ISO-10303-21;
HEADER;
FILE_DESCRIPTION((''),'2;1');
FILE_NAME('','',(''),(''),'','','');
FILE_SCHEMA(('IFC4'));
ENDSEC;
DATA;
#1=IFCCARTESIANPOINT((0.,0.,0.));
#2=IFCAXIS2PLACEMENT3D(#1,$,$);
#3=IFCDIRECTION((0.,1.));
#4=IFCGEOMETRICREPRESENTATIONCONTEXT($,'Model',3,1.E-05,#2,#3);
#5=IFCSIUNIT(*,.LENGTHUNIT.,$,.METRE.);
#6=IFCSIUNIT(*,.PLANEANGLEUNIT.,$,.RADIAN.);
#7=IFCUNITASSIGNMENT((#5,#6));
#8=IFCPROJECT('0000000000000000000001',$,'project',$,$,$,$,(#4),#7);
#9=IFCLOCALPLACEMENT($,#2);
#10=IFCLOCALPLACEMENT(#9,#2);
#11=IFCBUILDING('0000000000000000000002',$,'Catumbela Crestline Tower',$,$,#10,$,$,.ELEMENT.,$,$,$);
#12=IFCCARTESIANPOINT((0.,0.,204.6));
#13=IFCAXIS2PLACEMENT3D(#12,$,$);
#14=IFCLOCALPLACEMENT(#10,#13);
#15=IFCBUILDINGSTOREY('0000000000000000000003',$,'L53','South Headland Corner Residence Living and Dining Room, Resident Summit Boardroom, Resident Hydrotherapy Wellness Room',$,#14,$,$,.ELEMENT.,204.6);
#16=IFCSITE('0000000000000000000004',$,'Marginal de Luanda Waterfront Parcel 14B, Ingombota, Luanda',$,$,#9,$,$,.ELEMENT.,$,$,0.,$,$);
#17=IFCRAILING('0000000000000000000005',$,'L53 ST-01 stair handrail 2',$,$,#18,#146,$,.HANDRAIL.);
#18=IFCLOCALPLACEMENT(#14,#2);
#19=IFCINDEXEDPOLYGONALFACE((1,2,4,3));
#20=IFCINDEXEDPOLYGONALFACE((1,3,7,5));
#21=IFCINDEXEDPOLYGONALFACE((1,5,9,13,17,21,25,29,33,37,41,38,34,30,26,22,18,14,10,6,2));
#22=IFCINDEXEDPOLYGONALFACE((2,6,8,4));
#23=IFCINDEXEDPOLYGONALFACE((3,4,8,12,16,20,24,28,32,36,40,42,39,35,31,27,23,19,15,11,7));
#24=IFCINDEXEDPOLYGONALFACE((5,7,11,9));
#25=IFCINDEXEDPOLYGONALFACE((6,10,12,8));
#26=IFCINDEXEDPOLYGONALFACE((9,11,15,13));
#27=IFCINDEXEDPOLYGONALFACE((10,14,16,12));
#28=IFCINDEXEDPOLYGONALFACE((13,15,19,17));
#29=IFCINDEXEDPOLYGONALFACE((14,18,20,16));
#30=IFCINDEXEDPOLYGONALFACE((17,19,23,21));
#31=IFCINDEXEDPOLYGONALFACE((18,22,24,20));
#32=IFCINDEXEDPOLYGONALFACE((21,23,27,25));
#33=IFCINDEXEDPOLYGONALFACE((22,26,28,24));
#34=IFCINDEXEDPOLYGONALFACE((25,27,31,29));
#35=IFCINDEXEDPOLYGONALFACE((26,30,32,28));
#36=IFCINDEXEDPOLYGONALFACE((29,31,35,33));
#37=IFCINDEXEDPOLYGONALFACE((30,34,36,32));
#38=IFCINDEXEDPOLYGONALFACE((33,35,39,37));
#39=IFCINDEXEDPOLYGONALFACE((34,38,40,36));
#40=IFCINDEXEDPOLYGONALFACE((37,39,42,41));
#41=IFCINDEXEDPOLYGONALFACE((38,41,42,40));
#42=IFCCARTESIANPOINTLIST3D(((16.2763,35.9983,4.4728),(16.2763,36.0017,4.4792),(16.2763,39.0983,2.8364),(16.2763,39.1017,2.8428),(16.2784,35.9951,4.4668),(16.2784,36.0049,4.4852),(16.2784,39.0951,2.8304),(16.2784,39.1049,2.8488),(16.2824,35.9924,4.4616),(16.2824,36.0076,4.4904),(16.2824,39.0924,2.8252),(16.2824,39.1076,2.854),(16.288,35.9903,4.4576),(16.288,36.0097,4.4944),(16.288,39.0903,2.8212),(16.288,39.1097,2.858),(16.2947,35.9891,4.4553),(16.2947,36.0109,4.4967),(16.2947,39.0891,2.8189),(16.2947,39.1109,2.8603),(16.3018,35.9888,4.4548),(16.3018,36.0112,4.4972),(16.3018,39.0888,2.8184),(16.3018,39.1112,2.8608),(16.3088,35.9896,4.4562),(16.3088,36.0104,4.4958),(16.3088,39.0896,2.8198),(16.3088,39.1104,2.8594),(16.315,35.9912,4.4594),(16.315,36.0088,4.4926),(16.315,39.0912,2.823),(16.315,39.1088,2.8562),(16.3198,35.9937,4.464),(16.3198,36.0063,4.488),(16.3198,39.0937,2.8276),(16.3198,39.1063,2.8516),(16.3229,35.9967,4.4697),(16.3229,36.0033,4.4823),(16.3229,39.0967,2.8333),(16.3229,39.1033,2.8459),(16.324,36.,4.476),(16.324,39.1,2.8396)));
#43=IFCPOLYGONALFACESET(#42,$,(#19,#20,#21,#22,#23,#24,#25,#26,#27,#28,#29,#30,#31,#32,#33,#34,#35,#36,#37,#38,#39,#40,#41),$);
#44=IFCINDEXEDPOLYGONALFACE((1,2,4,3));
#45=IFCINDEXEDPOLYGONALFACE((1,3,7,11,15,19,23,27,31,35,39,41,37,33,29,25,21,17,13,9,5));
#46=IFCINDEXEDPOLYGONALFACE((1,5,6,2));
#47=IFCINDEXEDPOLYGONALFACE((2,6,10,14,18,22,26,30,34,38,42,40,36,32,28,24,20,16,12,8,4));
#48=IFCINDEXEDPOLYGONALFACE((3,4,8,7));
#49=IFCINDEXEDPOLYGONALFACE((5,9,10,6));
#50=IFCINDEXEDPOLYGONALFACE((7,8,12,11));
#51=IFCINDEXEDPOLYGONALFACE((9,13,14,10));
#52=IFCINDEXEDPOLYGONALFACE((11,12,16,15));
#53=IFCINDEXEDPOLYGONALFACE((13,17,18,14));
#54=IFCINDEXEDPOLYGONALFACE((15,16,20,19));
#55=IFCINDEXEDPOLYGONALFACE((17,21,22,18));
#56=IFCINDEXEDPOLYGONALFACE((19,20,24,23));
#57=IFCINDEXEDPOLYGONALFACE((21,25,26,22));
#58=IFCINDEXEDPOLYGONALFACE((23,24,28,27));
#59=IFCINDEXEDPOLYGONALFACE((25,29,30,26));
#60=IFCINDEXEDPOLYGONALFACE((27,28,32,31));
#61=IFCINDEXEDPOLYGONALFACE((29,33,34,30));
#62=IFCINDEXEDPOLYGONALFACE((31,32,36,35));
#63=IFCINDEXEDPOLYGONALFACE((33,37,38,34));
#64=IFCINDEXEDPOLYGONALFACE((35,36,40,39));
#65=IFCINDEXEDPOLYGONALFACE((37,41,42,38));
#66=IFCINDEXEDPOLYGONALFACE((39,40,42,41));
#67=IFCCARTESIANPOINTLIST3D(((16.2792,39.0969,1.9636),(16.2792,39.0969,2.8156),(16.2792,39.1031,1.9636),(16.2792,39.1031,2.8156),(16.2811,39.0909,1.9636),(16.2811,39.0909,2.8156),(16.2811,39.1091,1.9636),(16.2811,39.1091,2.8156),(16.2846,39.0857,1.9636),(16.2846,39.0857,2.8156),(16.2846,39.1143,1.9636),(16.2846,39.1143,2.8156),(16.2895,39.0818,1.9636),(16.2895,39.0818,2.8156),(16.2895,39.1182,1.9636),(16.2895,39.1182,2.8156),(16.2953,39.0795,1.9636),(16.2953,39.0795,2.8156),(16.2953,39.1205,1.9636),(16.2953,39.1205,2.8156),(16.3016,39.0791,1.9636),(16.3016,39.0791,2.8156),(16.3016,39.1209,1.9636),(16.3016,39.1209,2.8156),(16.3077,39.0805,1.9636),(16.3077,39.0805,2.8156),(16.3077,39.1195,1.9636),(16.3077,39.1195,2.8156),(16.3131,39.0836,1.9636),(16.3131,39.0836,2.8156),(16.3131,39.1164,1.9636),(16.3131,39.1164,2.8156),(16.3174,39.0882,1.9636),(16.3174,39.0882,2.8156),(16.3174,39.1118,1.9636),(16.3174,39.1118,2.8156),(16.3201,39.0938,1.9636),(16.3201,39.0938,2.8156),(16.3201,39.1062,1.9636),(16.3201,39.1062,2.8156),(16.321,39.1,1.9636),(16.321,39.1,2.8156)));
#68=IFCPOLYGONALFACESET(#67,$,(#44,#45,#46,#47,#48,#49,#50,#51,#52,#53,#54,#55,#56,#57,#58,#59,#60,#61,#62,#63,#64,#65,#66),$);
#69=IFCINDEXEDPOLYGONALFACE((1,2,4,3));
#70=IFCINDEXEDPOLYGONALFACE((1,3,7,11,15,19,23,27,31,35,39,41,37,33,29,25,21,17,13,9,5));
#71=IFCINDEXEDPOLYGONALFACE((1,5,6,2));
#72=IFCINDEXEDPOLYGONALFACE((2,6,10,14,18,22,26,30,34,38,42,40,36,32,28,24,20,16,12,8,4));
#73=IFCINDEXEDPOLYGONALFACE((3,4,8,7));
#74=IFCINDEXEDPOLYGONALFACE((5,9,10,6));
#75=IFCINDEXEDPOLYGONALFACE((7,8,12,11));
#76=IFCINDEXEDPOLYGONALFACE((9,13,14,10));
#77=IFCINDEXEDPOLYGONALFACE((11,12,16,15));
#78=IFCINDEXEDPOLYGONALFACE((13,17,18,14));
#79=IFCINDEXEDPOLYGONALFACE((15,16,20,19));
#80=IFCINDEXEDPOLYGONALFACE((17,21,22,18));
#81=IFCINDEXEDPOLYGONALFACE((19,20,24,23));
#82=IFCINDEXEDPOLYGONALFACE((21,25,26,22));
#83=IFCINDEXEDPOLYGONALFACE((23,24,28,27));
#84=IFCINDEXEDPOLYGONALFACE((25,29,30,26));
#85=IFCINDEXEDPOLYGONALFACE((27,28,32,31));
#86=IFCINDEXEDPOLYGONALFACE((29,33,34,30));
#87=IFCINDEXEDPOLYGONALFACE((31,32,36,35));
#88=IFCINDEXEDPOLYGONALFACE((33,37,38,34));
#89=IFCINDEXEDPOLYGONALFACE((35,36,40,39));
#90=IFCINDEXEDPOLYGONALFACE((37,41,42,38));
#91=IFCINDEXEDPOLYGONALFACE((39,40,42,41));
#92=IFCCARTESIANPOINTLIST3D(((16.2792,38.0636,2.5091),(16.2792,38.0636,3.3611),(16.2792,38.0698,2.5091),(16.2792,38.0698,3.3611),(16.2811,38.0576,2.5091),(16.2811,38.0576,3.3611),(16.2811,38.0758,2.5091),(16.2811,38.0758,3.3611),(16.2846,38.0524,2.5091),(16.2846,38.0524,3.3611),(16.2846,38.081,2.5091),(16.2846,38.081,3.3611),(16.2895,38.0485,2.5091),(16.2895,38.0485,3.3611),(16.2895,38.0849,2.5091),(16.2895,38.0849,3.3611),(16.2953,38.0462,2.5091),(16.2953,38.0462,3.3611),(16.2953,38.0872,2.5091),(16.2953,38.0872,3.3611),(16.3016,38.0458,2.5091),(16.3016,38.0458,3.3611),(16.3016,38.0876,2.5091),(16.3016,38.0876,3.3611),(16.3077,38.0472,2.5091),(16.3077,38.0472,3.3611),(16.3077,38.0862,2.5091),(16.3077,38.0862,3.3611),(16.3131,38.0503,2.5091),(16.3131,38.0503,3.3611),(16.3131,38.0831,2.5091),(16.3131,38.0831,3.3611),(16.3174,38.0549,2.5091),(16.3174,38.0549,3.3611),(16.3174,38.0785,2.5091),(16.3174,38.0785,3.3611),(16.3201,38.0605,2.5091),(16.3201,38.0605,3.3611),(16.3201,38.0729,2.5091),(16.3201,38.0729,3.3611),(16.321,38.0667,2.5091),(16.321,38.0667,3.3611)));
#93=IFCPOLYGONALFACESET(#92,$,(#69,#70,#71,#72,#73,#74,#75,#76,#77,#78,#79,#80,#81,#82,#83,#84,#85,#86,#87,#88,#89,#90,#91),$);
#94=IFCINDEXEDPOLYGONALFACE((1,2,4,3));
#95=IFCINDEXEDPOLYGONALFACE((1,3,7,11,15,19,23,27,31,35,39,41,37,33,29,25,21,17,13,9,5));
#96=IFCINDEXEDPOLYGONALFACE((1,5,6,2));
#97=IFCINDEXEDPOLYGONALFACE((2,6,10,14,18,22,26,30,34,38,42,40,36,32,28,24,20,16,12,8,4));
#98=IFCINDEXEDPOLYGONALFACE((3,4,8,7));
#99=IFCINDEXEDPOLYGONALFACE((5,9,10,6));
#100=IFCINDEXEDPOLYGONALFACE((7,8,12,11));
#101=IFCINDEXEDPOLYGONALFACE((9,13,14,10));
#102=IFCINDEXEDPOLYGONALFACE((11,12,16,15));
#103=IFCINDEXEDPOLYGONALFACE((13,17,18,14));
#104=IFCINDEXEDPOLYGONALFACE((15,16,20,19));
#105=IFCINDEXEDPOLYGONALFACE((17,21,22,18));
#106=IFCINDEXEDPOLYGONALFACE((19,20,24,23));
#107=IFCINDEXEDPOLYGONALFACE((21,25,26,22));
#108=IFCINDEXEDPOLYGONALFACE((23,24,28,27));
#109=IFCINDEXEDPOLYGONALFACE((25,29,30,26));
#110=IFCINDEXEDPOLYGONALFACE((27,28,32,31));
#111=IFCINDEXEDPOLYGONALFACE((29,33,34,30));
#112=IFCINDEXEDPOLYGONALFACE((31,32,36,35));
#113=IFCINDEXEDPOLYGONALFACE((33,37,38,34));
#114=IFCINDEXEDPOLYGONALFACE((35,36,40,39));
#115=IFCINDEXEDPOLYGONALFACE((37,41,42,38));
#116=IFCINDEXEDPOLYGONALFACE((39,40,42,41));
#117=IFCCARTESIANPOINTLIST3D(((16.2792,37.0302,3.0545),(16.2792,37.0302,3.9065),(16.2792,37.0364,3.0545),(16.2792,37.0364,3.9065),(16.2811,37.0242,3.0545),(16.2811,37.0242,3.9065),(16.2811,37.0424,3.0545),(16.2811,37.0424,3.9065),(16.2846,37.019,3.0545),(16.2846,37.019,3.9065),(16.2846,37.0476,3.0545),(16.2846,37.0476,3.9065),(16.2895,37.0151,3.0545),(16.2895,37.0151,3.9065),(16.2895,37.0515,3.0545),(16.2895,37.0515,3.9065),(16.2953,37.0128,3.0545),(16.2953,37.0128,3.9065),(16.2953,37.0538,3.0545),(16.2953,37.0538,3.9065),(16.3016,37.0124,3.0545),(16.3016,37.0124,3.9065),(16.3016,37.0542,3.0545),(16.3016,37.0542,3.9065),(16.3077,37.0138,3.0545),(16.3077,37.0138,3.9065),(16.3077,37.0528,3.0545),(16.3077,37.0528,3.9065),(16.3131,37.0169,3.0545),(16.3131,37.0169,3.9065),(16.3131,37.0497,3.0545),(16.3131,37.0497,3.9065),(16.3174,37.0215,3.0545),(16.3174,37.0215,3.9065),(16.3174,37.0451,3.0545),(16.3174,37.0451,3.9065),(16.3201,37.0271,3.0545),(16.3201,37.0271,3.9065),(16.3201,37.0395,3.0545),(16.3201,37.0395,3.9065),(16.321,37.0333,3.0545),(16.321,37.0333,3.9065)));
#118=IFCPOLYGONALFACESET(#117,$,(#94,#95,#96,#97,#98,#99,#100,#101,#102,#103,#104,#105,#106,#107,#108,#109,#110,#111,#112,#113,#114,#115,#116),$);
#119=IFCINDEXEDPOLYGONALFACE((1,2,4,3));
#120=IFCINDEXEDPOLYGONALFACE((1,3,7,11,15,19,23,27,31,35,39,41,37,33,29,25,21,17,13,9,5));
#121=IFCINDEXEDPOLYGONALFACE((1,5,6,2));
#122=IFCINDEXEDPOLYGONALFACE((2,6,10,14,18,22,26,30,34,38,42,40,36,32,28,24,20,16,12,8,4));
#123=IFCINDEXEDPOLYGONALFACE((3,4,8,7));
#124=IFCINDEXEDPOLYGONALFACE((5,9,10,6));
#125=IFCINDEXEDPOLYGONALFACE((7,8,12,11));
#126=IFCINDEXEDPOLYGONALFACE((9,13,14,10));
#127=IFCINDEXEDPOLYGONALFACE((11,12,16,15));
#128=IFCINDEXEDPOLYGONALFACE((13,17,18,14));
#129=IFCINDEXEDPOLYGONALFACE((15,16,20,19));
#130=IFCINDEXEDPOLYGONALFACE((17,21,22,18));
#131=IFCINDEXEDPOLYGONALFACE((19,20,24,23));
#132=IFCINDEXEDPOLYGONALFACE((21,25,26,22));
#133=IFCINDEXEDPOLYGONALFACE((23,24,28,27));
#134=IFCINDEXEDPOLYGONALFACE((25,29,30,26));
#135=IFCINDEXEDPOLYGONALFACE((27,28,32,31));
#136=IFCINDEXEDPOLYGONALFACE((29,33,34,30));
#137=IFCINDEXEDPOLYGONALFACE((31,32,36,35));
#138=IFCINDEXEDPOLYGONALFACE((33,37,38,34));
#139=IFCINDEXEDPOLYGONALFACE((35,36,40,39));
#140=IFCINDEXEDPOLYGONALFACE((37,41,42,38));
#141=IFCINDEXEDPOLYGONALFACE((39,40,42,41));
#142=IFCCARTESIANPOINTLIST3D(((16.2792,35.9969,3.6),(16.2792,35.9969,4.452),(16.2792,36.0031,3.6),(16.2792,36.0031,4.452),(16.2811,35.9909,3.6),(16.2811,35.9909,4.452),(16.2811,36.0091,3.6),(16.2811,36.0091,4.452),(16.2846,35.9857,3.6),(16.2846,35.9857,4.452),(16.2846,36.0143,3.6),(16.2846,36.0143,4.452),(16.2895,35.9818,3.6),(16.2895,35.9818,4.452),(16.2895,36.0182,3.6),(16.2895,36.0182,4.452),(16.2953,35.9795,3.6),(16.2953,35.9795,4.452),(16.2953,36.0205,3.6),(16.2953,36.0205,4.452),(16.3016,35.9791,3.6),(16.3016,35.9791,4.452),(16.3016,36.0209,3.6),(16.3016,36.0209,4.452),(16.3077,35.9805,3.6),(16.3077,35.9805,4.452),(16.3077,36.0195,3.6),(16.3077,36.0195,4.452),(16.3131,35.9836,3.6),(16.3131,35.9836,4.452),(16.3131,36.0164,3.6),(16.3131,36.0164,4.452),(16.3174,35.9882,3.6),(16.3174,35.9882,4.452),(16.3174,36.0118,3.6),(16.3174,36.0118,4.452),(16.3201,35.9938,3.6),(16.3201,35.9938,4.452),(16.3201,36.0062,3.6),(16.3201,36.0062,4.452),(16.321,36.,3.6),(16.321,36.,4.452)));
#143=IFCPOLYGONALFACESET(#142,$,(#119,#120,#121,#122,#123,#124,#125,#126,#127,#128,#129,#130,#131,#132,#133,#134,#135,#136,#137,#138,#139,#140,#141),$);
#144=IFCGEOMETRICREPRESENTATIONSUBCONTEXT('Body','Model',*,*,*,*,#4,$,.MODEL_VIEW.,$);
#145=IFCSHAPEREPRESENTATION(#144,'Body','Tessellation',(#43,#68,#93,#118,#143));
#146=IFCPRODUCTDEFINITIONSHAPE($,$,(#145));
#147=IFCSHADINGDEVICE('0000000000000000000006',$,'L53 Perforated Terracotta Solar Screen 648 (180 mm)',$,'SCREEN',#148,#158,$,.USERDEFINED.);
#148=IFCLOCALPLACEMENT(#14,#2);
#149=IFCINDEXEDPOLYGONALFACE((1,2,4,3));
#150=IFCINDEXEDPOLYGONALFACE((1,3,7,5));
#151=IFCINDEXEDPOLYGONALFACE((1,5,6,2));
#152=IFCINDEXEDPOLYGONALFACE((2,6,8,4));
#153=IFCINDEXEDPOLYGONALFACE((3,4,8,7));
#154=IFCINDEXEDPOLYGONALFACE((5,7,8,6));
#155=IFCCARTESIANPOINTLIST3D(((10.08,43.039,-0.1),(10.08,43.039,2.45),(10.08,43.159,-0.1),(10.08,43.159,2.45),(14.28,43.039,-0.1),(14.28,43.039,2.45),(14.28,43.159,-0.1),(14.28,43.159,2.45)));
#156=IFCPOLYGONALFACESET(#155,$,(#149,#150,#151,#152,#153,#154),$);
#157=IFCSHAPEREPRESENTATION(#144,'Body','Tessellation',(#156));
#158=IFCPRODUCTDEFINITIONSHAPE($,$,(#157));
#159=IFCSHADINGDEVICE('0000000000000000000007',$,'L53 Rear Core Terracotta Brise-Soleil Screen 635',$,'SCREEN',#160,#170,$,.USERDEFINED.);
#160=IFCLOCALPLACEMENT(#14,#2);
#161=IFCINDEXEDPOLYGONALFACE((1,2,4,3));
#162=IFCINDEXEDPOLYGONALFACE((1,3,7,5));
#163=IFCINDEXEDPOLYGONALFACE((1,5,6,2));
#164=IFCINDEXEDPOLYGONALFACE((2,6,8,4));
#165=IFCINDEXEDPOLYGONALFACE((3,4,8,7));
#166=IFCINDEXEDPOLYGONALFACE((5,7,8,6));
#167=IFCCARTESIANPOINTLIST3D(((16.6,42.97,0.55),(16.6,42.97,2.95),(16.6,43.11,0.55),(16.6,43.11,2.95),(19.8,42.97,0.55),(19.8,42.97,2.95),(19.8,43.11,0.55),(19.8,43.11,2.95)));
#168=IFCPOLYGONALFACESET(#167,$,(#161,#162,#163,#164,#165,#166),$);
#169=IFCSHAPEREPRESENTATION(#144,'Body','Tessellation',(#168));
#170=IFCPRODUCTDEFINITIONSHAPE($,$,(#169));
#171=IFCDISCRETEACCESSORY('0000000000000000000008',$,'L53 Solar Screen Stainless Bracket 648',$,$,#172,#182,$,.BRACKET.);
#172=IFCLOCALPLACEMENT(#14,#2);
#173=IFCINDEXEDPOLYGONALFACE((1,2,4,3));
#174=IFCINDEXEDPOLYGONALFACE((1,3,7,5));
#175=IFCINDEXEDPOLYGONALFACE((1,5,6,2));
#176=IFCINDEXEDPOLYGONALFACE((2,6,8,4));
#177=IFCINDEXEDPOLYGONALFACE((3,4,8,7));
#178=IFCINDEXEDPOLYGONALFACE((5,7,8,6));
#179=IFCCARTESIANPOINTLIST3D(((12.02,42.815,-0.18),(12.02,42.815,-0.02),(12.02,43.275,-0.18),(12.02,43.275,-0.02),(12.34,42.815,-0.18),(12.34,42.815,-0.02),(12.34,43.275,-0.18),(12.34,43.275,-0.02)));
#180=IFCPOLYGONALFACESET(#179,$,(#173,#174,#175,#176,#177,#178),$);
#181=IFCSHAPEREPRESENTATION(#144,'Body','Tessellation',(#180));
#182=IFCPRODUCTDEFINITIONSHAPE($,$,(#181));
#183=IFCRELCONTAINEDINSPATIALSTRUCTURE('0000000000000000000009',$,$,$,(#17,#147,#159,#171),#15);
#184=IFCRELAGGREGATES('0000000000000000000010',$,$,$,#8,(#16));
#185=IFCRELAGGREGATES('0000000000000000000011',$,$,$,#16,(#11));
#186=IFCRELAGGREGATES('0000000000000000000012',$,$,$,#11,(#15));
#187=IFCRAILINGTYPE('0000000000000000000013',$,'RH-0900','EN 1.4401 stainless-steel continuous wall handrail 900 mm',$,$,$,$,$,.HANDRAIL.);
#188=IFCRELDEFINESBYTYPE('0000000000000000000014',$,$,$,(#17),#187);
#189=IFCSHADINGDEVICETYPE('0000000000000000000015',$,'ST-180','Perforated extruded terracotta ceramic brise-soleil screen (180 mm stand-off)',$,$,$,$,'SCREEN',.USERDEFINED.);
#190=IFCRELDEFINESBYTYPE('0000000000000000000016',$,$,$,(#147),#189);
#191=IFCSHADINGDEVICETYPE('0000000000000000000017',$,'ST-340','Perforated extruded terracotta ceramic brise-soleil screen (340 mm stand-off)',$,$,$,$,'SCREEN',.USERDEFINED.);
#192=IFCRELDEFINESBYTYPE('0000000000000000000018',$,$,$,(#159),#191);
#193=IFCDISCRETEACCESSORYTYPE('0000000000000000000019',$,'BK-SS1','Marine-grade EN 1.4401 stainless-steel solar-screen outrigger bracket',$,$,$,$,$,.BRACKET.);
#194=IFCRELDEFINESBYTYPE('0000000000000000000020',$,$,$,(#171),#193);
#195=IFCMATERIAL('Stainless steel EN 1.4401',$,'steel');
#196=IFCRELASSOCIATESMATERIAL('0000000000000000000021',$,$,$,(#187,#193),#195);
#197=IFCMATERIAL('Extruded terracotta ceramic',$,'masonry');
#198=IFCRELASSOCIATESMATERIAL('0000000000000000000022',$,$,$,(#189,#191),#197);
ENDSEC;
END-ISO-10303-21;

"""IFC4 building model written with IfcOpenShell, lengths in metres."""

from ifc_helpers import new_model, si_unit, direction, frame, origin, origin_2d, place, context, subcontext, project, spatial, rectangle, circle, extrude, material, type_object, element, save


model = new_model("IFC4")

# Units and contexts
model_context = context("Model", 3, precision=1e-05, world=origin(), true_north=direction((0.0, 1.0)))
body_context = subcontext(model_context, "Body", "Model", "MODEL_VIEW")
ifc_project = project(units=[si_unit("LENGTHUNIT", "METRE"), si_unit("PLANEANGLEUNIT", "RADIAN")], contexts=[model_context])

# Site, building, storey
site_placement = place(None, origin())
site = spatial("IfcSite", under=ifc_project, at=site_placement, Name="Marginal de Luanda Waterfront Parcel 14B, Ingombota, Luanda", CompositionType="ELEMENT", RefElevation=0.0)
building_placement = place(site_placement, origin())
building = spatial("IfcBuilding", under=site, at=building_placement, Name="Catumbela Crestline Tower", CompositionType="ELEMENT")
storey_placement = place(building_placement, frame((0.0, 0.0, 204.6)))
storey = spatial("IfcBuildingStorey", under=building, at=storey_placement, Name="L53", Description="South Headland Corner Residence Living and Dining Room, Resident Summit Boardroom, Resident Hydrotherapy Wellness Room", CompositionType="ELEMENT", Elevation=204.6)

# Shared definitions
ifc_material_1 = material(Name="Stainless steel EN 1.4401", Category="steel")

# Railing
railing_type_1 = type_object("IfcRailingType", Name="RH-0900", Description="EN 1.4401 stainless-steel continuous wall handrail 900 mm", PredefinedType="HANDRAIL", material=ifc_material_1)
railing_1_placement = place(storey_placement, frame((16.3, 39.1, 1.9636)))
element("IfcRailing", 1, at=railing_1_placement, inside=storey, type_object=railing_type_1, Name="L53 ST-01 stair handrail 2", PredefinedType="HANDRAIL", context=body_context, shape_type="SweptSolid", body=[
    extrude(circle(Radius=0.024, at=origin_2d()), frame((0.0, 0.0, 0.876), z_axis=(0.0, -0.884351, 0.466823), x_axis=(1.0, 0.0, 0.0)), (0.0, 0.0, 1.0), 3.5054),
    extrude(circle(Radius=0.021, at=origin_2d()), origin(), (0.0, 0.0, 1.0), 0.852),
    extrude(circle(Radius=0.021, at=origin_2d()), frame((0.0, -1.0333, 0.5455)), (0.0, 0.0, 1.0), 0.852),
    extrude(circle(Radius=0.021, at=origin_2d()), frame((0.0, -2.0667, 1.0909)), (0.0, 0.0, 1.0), 0.852),
    extrude(circle(Radius=0.021, at=origin_2d()), frame((0.0, -3.1, 1.6364)), (0.0, 0.0, 1.0), 0.852),
])

# Shading devices
ifc_material_2 = material(Name="Extruded terracotta ceramic", Category="masonry")
shading_device_type_1 = type_object("IfcShadingDeviceType", Name="ST-180", Description="Perforated extruded terracotta ceramic brise-soleil screen (180 mm stand-off)", ElementType="SCREEN", PredefinedType="USERDEFINED", material=ifc_material_2)
shading_device_1_placement = place(storey_placement, frame((12.18, 43.099, -0.1), z_axis=(0.0, 0.0, 1.0), x_axis=(-1.0, 0.0, 0.0)))
element("IfcShadingDevice", 2, at=shading_device_1_placement, inside=storey, type_object=shading_device_type_1, Name="L53 Perforated Terracotta Solar Screen 648 (180 mm)", ObjectType="SCREEN", PredefinedType="USERDEFINED", context=body_context, shape_type="SweptSolid", body=[
    extrude(rectangle(XDim=4.2, YDim=0.12, at=origin_2d()), origin(), (0.0, 0.0, 1.0), 2.55),
])
shading_device_type_2 = type_object("IfcShadingDeviceType", Name="ST-340", Description="Perforated extruded terracotta ceramic brise-soleil screen (340 mm stand-off)", ElementType="SCREEN", PredefinedType="USERDEFINED", material=ifc_material_2)
shading_device_2_placement = place(storey_placement, frame((18.2, 43.04, 0.55), z_axis=(0.0, 0.0, 1.0), x_axis=(1.0, 0.0, 0.0)))
element("IfcShadingDevice", 3, at=shading_device_2_placement, inside=storey, type_object=shading_device_type_2, Name="L53 Rear Core Terracotta Brise-Soleil Screen 635", ObjectType="SCREEN", PredefinedType="USERDEFINED", context=body_context, shape_type="SweptSolid", body=[
    extrude(rectangle(XDim=3.2, YDim=0.14, at=origin_2d()), origin(), (0.0, 0.0, 1.0), 2.4),
])

# Discrete accessory
discrete_accessory_type = type_object("IfcDiscreteAccessoryType", Name="BK-SS1", Description="Marine-grade EN 1.4401 stainless-steel solar-screen outrigger bracket", PredefinedType="BRACKET", material=ifc_material_1)
discrete_accessory_placement = place(storey_placement, frame((12.18, 43.045, -0.18), z_axis=(0.0, 0.0, 1.0), x_axis=(-1.0, 0.0, 0.0)))
element("IfcDiscreteAccessory", 4, at=discrete_accessory_placement, inside=storey, type_object=discrete_accessory_type, Name="L53 Solar Screen Stainless Bracket 648", PredefinedType="BRACKET", context=body_context, shape_type="SweptSolid", body=[
    extrude(rectangle(XDim=0.32, YDim=0.46, at=origin_2d()), origin(), (0.0, 0.0, 1.0), 0.16),
])

save(model, "model.ifc")
